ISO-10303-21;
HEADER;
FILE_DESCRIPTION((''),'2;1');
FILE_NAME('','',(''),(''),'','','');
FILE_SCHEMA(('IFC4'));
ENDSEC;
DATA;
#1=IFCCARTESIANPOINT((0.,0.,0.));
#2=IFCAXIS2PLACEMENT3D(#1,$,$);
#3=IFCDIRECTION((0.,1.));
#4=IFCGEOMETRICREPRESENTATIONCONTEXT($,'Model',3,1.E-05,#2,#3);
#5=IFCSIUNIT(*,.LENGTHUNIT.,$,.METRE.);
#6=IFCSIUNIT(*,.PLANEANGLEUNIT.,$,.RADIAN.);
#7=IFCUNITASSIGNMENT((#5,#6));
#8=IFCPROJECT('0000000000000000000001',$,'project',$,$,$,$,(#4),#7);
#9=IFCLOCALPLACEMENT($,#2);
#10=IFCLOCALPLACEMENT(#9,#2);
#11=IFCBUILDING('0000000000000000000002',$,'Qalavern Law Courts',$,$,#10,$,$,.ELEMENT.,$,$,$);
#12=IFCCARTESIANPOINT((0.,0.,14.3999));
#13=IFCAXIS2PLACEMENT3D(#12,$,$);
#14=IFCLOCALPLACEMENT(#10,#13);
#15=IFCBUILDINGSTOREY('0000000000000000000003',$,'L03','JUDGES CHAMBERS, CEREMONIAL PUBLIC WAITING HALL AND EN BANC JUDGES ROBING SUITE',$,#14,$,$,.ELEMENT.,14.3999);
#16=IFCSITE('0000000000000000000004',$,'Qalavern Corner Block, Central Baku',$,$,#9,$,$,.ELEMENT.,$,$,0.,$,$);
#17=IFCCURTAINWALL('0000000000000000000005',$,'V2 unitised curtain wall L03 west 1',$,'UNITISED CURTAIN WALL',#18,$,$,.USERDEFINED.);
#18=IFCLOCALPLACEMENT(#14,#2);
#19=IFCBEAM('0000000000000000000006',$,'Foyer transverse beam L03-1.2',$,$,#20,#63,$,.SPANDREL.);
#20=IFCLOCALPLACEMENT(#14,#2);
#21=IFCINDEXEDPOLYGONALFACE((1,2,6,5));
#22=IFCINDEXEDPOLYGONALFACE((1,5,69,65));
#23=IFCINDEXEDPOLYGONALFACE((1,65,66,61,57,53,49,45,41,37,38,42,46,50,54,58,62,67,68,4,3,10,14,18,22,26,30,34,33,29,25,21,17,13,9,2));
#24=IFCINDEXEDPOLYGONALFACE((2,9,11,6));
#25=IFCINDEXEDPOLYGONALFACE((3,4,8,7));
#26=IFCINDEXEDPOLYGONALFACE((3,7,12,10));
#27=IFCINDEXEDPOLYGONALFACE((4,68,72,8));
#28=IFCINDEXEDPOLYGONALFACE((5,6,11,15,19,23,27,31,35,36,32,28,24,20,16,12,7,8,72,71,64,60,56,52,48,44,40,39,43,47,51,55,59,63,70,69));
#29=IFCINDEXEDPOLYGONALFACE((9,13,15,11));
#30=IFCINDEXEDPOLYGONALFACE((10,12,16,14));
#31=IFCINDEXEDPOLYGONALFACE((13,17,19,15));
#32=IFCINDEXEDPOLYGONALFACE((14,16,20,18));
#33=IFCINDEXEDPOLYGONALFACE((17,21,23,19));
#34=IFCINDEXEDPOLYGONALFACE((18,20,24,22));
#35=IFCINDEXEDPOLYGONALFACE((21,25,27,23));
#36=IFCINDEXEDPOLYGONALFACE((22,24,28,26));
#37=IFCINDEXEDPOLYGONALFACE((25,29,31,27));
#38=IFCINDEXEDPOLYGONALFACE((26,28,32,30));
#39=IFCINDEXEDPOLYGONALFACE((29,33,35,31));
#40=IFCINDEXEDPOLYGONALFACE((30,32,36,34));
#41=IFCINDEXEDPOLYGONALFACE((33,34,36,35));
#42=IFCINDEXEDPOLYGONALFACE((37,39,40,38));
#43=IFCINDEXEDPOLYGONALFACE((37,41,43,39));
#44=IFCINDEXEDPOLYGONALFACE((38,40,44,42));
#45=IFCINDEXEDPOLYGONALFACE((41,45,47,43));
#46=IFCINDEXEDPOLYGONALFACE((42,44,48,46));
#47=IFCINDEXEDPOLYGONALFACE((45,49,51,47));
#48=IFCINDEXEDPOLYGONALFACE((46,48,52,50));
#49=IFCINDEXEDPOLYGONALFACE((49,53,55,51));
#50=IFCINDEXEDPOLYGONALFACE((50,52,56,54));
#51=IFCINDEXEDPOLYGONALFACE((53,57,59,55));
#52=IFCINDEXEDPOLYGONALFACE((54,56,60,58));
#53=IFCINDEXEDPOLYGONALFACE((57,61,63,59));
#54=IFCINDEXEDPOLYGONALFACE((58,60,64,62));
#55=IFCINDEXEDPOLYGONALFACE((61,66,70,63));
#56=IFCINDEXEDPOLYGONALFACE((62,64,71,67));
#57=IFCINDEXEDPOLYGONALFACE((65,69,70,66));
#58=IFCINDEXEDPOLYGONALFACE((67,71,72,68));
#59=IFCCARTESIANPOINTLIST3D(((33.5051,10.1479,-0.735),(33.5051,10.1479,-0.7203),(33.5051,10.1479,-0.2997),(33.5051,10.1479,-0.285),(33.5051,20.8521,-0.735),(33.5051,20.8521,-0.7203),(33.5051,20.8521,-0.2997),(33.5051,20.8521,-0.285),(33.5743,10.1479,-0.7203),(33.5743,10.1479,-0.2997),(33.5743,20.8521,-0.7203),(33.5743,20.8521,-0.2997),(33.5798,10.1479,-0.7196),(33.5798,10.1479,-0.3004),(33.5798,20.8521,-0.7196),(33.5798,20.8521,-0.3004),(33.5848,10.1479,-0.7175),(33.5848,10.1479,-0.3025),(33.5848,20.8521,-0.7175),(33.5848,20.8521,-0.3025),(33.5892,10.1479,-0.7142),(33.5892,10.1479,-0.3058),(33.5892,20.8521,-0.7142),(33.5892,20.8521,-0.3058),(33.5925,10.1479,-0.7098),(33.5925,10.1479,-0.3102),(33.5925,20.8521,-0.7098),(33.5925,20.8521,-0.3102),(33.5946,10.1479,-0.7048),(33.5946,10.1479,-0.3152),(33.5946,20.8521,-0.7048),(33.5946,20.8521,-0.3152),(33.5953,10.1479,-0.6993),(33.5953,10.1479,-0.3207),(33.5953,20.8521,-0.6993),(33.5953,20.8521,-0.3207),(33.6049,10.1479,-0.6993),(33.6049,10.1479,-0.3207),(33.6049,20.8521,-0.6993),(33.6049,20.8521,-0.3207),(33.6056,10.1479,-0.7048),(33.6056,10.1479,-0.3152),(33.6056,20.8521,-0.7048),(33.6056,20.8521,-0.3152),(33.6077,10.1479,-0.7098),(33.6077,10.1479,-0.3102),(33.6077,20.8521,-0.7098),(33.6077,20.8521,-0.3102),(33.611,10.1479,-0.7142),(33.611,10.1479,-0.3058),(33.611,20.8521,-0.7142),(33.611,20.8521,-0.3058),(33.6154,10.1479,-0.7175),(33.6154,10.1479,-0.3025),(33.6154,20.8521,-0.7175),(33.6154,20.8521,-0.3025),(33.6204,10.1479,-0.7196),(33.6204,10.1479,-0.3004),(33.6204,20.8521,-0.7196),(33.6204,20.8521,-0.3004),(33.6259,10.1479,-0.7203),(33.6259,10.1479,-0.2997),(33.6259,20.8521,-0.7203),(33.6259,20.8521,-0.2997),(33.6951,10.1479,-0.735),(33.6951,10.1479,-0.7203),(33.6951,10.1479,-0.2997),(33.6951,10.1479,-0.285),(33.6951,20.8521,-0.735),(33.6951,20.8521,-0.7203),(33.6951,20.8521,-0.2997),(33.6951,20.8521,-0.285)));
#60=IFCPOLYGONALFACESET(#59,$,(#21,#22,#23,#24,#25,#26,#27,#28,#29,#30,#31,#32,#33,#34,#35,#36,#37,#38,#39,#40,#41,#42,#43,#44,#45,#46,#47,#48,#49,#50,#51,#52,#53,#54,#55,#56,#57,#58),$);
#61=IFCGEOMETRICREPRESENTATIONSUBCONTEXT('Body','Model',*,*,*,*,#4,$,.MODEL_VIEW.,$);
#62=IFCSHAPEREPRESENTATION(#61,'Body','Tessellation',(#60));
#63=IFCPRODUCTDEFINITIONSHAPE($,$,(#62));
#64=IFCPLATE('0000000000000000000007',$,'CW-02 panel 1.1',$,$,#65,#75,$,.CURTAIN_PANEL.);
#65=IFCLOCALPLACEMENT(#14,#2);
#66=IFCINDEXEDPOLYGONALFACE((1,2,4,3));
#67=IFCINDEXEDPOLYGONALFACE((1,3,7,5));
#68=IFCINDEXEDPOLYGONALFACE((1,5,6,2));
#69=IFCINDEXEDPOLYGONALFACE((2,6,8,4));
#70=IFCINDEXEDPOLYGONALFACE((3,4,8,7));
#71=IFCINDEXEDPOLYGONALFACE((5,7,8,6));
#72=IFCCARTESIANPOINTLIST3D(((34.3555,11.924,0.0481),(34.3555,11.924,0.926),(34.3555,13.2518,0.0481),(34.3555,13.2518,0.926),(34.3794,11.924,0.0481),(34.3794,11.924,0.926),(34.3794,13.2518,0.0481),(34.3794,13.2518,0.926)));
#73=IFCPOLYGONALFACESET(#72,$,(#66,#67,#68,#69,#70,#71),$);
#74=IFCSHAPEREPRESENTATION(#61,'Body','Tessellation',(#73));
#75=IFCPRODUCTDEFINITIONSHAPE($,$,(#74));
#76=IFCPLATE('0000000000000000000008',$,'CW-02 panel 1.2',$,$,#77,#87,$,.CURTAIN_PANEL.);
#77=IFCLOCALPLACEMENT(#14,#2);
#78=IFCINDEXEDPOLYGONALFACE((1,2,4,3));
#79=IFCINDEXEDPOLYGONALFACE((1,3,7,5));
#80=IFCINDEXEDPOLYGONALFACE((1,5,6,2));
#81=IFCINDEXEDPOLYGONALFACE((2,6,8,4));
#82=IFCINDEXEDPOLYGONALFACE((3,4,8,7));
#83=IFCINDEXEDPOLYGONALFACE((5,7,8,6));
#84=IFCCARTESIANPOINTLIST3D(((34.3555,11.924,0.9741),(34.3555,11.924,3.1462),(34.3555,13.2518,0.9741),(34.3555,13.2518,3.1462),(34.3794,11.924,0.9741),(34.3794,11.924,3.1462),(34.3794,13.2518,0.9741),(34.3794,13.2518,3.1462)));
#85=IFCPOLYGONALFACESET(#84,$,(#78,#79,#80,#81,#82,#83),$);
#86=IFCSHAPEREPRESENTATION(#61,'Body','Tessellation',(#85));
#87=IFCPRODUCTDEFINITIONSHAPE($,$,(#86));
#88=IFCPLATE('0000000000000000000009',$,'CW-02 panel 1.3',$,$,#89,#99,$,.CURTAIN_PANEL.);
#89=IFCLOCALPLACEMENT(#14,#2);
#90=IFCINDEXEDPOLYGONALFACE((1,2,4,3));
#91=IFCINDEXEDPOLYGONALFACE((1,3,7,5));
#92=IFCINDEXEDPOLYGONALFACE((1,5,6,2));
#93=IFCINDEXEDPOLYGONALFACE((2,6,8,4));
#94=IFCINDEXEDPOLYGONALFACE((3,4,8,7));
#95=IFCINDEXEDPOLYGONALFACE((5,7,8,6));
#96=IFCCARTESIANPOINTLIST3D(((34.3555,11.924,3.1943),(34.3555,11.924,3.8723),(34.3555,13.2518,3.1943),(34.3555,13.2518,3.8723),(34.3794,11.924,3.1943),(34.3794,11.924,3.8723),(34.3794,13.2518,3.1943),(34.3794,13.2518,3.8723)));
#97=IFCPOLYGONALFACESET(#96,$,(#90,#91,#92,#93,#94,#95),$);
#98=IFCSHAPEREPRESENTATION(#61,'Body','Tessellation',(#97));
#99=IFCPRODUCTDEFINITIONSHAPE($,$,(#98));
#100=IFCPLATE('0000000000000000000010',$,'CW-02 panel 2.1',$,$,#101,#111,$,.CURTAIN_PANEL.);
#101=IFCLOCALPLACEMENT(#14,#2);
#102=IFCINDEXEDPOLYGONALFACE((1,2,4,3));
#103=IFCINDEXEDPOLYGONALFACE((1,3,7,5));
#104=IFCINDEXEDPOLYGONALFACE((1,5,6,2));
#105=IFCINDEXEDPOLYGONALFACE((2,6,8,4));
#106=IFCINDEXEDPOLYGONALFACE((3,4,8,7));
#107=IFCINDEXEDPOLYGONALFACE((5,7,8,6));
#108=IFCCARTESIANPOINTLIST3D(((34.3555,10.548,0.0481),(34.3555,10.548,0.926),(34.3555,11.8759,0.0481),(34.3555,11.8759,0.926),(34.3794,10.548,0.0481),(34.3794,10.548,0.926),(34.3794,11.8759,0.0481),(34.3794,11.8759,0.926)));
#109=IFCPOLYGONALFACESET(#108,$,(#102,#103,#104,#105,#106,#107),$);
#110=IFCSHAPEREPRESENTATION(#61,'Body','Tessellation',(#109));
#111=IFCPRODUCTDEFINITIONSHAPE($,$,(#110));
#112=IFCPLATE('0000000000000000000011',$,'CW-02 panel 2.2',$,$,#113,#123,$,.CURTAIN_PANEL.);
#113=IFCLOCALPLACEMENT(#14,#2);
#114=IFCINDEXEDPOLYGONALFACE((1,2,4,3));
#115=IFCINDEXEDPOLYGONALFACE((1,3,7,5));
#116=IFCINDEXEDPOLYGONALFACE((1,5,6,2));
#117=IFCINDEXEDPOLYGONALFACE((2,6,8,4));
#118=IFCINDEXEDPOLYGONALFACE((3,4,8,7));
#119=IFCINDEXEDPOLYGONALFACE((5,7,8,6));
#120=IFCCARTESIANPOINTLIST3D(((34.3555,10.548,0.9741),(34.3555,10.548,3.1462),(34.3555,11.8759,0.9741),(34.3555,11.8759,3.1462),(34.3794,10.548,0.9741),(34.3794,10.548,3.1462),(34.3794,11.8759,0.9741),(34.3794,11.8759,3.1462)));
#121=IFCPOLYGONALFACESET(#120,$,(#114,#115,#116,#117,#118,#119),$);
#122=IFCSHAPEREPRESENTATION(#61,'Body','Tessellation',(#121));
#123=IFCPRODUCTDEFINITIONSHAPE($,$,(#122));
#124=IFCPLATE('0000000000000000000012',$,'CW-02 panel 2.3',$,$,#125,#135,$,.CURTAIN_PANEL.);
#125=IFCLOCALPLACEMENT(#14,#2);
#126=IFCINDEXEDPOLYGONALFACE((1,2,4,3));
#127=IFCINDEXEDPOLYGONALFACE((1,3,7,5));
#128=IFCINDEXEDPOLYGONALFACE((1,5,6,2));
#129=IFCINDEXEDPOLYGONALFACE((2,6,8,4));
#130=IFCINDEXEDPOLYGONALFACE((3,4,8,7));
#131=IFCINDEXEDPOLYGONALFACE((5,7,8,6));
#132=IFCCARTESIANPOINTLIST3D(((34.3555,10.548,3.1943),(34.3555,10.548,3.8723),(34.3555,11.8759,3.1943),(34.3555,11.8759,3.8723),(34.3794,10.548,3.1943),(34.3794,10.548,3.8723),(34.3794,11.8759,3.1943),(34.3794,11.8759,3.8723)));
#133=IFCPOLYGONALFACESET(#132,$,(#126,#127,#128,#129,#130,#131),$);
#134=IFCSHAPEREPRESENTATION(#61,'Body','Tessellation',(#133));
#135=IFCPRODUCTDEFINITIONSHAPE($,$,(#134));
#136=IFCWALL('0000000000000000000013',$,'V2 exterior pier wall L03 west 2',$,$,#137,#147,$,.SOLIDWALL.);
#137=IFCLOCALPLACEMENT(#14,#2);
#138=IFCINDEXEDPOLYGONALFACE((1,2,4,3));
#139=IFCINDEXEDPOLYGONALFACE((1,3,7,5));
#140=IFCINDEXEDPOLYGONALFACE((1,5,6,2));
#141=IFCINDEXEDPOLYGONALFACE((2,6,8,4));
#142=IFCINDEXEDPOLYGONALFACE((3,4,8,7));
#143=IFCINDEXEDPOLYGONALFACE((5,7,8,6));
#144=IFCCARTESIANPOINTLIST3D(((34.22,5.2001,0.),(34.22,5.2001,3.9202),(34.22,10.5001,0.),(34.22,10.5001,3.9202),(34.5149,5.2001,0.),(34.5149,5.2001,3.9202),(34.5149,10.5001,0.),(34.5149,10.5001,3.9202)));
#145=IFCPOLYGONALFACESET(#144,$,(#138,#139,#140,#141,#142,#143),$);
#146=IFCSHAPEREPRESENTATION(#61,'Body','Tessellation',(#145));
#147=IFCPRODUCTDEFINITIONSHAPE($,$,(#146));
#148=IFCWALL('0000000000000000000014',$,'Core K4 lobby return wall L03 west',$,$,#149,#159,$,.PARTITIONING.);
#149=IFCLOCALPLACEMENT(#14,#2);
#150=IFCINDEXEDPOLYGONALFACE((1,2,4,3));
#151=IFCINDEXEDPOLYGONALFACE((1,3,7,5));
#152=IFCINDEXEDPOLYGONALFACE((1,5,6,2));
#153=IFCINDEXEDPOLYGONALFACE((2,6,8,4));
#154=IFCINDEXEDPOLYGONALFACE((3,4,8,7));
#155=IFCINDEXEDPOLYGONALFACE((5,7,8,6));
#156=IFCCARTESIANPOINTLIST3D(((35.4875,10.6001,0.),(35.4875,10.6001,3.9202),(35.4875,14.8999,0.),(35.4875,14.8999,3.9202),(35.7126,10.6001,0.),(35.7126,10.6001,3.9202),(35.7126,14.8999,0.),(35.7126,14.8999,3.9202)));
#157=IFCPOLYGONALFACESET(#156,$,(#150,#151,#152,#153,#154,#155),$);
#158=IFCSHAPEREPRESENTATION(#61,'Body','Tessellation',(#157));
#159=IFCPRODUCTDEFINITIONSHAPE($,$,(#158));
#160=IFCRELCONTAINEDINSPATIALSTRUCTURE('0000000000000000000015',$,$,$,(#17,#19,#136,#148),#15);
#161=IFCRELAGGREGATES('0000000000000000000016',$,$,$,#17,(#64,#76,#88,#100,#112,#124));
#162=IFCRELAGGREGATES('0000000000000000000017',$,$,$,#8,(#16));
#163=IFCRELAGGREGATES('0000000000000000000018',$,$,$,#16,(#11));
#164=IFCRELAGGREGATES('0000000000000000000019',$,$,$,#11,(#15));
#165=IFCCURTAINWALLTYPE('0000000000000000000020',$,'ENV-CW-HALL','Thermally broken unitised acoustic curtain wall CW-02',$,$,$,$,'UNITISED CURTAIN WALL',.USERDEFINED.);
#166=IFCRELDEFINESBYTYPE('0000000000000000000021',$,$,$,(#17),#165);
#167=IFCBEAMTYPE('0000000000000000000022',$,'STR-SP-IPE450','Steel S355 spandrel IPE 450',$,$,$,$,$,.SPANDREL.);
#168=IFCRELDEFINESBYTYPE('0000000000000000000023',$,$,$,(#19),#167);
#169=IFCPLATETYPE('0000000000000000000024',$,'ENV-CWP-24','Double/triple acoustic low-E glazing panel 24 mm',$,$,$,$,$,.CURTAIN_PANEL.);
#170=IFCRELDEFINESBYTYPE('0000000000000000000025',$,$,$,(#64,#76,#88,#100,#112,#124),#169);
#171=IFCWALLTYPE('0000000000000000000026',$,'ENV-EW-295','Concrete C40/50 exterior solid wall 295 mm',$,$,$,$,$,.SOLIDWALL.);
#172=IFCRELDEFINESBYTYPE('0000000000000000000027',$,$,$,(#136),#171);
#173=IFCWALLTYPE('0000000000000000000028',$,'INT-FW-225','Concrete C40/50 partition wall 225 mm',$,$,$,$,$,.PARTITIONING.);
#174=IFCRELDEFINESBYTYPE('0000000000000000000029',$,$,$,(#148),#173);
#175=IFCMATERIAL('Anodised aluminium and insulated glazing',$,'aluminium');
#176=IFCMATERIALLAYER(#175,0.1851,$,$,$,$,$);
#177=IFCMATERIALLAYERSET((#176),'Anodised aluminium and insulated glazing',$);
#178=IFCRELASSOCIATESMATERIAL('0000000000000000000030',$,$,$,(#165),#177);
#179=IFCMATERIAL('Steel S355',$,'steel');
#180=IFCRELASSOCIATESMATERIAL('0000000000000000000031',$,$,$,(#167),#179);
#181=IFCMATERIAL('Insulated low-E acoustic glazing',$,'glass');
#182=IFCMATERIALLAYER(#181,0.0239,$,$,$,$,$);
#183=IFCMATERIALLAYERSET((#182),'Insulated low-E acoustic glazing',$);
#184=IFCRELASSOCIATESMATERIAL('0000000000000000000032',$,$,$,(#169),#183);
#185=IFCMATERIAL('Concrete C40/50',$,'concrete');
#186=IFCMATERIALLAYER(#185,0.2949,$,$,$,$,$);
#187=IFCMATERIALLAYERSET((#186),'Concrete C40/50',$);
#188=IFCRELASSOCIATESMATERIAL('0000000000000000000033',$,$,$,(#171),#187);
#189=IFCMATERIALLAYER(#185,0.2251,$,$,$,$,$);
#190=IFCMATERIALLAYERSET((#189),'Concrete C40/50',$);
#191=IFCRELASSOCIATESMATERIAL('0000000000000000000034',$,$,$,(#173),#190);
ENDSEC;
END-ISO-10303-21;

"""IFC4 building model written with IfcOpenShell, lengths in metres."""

from ifc_helpers import new_model, si_unit, direction, frame, frame_2d, origin, origin_2d, place, context, subcontext, project, spatial, rectangle, i_section, extrude, material, layer, layer_set, material_profile, profile_set, type_object, element, aggregate, save


model = new_model("IFC4")

# Units and contexts
model_context = context("Model", 3, precision=1e-05, world=origin(), true_north=direction((0.0, 1.0)))
body_context = subcontext(model_context, "Body", "Model", "MODEL_VIEW")
ifc_project = project(units=[si_unit("LENGTHUNIT", "METRE"), si_unit("PLANEANGLEUNIT", "RADIAN")], contexts=[model_context])

# Site, building, storey
site_placement = place(None, origin())
site = spatial("IfcSite", under=ifc_project, at=site_placement, Name="Qalavern Corner Block, Central Baku", CompositionType="ELEMENT", RefElevation=0.0)
building_placement = place(site_placement, origin())
building = spatial("IfcBuilding", under=site, at=building_placement, Name="Qalavern Law Courts", CompositionType="ELEMENT")
storey_placement = place(building_placement, frame((0.0, 0.0, 14.3999)))
storey = spatial("IfcBuildingStorey", under=building, at=storey_placement, Name="L03", Description="JUDGES CHAMBERS, CEREMONIAL PUBLIC WAITING HALL AND EN BANC JUDGES ROBING SUITE", CompositionType="ELEMENT", Elevation=14.3999)

# Curtain wall
ifc_material_1 = material(Name="Anodised aluminium and insulated glazing", Category="aluminium")
ifc_layer_1 = layer(ifc_material_1, 0.1851)
ifc_layer_set_1 = layer_set([ifc_layer_1], Name="Anodised aluminium and insulated glazing")
curtain_wall_type = type_object("IfcCurtainWallType", Name="ENV-CW-HALL", Description="Thermally broken unitised acoustic curtain wall CW-02", ElementType="UNITISED CURTAIN WALL", PredefinedType="USERDEFINED", material=ifc_layer_set_1)
curtain_wall_placement = place(storey_placement, origin())
curtain_wall = element("IfcCurtainWall", 1, at=curtain_wall_placement, inside=storey, type_object=curtain_wall_type, Name="V2 unitised curtain wall L03 west 1", ObjectType="UNITISED CURTAIN WALL", PredefinedType="USERDEFINED")

# Beam
ifc_material_2 = material(Name="Steel S355", Category="steel")
ifc_material_profile_1 = material_profile(ifc_material_2, i_section(OverallWidth=0.1899, OverallDepth=0.45, WebThickness=0.0095, FlangeThickness=0.0146, FilletRadius=0.021, at=origin_2d()), Name="IPE 450")
ifc_profile_set_1 = profile_set([ifc_material_profile_1], Name="Steel S355")
beam_type = type_object("IfcBeamType", Name="STR-SP-IPE450", Description="Steel S355 spandrel IPE 450", PredefinedType="SPANDREL", material=ifc_profile_set_1)
beam_placement = place(storey_placement, frame((33.6001, 10.1479, -0.51), z_axis=(0.0, 1.0, 0.0), x_axis=(-1.0, 0.0, 0.0)))
element("IfcBeam", 2, at=beam_placement, inside=storey, type_object=beam_type, Name="Foyer transverse beam L03-1.2", PredefinedType="SPANDREL", context=body_context, shape_type="SweptSolid", body=[
    extrude(i_section(OverallWidth=0.1899, OverallDepth=0.45, WebThickness=0.0095, FlangeThickness=0.0146, FilletRadius=0.021, at=origin_2d()), origin(), (0.0, 0.0, 1.0), 10.7041),
])

# Plates
ifc_material_3 = material(Name="Insulated low-E acoustic glazing", Category="glass")
ifc_layer_2 = layer(ifc_material_3, 0.0239)
ifc_layer_set_2 = layer_set([ifc_layer_2], Name="Insulated low-E acoustic glazing")
plate_type = type_object("IfcPlateType", Name="ENV-CWP-24", Description="Double/triple acoustic low-E glazing panel 24 mm", PredefinedType="CURTAIN_PANEL", material=ifc_layer_set_2)
plate_1_placement = place(storey_placement, frame((34.3674, 12.5879, 0.0481), z_axis=(0.0, 0.0, 1.0), x_axis=(0.0, -1.0, 0.0)))
plate_1 = element("IfcPlate", 3, at=plate_1_placement, type_object=plate_type, Name="CW-02 panel 1.1", PredefinedType="CURTAIN_PANEL", context=body_context, shape_type="SweptSolid", body=[
    extrude(rectangle(XDim=1.3279, YDim=0.0239, at=origin_2d()), origin(), (0.0, 0.0, 1.0), 0.8779),
])
plate_2_placement = place(storey_placement, frame((34.3674, 12.5879, 0.9741), z_axis=(0.0, 0.0, 1.0), x_axis=(0.0, -1.0, 0.0)))
plate_2 = element("IfcPlate", 4, at=plate_2_placement, type_object=plate_type, Name="CW-02 panel 1.2", PredefinedType="CURTAIN_PANEL", context=body_context, shape_type="SweptSolid", body=[
    extrude(rectangle(XDim=1.3279, YDim=0.0239, at=origin_2d()), origin(), (0.0, 0.0, 1.0), 2.1721),
])
plate_3_placement = place(storey_placement, frame((34.3674, 12.5879, 3.1943), z_axis=(0.0, 0.0, 1.0), x_axis=(0.0, -1.0, 0.0)))
plate_3 = element("IfcPlate", 5, at=plate_3_placement, type_object=plate_type, Name="CW-02 panel 1.3", PredefinedType="CURTAIN_PANEL", context=body_context, shape_type="SweptSolid", body=[
    extrude(rectangle(XDim=1.3279, YDim=0.0239, at=origin_2d()), origin(), (0.0, 0.0, 1.0), 0.678),
])
plate_4_placement = place(storey_placement, frame((34.3674, 11.2119, 0.0481), z_axis=(0.0, 0.0, 1.0), x_axis=(0.0, -1.0, 0.0)))
plate_4 = element("IfcPlate", 6, at=plate_4_placement, type_object=plate_type, Name="CW-02 panel 2.1", PredefinedType="CURTAIN_PANEL", context=body_context, shape_type="SweptSolid", body=[
    extrude(rectangle(XDim=1.3279, YDim=0.0239, at=origin_2d()), origin(), (0.0, 0.0, 1.0), 0.8779),
])
plate_5_placement = place(storey_placement, frame((34.3674, 11.2119, 0.9741), z_axis=(0.0, 0.0, 1.0), x_axis=(0.0, -1.0, 0.0)))
plate_5 = element("IfcPlate", 7, at=plate_5_placement, type_object=plate_type, Name="CW-02 panel 2.2", PredefinedType="CURTAIN_PANEL", context=body_context, shape_type="SweptSolid", body=[
    extrude(rectangle(XDim=1.3279, YDim=0.0239, at=origin_2d()), origin(), (0.0, 0.0, 1.0), 2.1721),
])
plate_6_placement = place(storey_placement, frame((34.3674, 11.2119, 3.1943), z_axis=(0.0, 0.0, 1.0), x_axis=(0.0, -1.0, 0.0)))
plate_6 = element("IfcPlate", 8, at=plate_6_placement, type_object=plate_type, Name="CW-02 panel 2.3", PredefinedType="CURTAIN_PANEL", context=body_context, shape_type="SweptSolid", body=[
    extrude(rectangle(XDim=1.3279, YDim=0.0239, at=origin_2d()), origin(), (0.0, 0.0, 1.0), 0.678),
])
aggregate(curtain_wall, [plate_1, plate_2, plate_3, plate_4, plate_5, plate_6])

# Walls
ifc_material_4 = material(Name="Concrete C40/50", Category="concrete")
ifc_layer_3 = layer(ifc_material_4, 0.2949)
ifc_layer_set_3 = layer_set([ifc_layer_3], Name="Concrete C40/50")
wall_type_1 = type_object("IfcWallType", Name="ENV-EW-295", Description="Concrete C40/50 exterior solid wall 295 mm", PredefinedType="SOLIDWALL", material=ifc_layer_set_3)
wall_1_placement = place(storey_placement, frame((34.3674, 10.5, 0.0), z_axis=(0.0, 0.0, 1.0), x_axis=(0.0, -1.0, 0.0)))
element("IfcWall", 9, at=wall_1_placement, inside=storey, type_object=wall_type_1, Name="V2 exterior pier wall L03 west 2", PredefinedType="SOLIDWALL", context=body_context, shape_type="SweptSolid", body=[
    extrude(rectangle(XDim=5.3, YDim=0.2949, at=frame_2d((2.6499, 0.0))), origin(), (0.0, 0.0, 1.0), 3.9202),
])
ifc_layer_4 = layer(ifc_material_4, 0.2251)
ifc_layer_set_4 = layer_set([ifc_layer_4], Name="Concrete C40/50")
wall_type_2 = type_object("IfcWallType", Name="INT-FW-225", Description="Concrete C40/50 partition wall 225 mm", PredefinedType="PARTITIONING", material=ifc_layer_set_4)
wall_2_placement = place(storey_placement, frame((35.6001, 10.6001, 0.0), z_axis=(0.0, 0.0, 1.0), x_axis=(0.0, 1.0, 0.0)))
element("IfcWall", 10, at=wall_2_placement, inside=storey, type_object=wall_type_2, Name="Core K4 lobby return wall L03 west", PredefinedType="PARTITIONING", context=body_context, shape_type="SweptSolid", body=[
    extrude(rectangle(XDim=4.2998, YDim=0.2251, at=frame_2d((2.1499, 0.0))), origin(), (0.0, 0.0, 1.0), 3.9202),
])

save(model, "model.ifc")
